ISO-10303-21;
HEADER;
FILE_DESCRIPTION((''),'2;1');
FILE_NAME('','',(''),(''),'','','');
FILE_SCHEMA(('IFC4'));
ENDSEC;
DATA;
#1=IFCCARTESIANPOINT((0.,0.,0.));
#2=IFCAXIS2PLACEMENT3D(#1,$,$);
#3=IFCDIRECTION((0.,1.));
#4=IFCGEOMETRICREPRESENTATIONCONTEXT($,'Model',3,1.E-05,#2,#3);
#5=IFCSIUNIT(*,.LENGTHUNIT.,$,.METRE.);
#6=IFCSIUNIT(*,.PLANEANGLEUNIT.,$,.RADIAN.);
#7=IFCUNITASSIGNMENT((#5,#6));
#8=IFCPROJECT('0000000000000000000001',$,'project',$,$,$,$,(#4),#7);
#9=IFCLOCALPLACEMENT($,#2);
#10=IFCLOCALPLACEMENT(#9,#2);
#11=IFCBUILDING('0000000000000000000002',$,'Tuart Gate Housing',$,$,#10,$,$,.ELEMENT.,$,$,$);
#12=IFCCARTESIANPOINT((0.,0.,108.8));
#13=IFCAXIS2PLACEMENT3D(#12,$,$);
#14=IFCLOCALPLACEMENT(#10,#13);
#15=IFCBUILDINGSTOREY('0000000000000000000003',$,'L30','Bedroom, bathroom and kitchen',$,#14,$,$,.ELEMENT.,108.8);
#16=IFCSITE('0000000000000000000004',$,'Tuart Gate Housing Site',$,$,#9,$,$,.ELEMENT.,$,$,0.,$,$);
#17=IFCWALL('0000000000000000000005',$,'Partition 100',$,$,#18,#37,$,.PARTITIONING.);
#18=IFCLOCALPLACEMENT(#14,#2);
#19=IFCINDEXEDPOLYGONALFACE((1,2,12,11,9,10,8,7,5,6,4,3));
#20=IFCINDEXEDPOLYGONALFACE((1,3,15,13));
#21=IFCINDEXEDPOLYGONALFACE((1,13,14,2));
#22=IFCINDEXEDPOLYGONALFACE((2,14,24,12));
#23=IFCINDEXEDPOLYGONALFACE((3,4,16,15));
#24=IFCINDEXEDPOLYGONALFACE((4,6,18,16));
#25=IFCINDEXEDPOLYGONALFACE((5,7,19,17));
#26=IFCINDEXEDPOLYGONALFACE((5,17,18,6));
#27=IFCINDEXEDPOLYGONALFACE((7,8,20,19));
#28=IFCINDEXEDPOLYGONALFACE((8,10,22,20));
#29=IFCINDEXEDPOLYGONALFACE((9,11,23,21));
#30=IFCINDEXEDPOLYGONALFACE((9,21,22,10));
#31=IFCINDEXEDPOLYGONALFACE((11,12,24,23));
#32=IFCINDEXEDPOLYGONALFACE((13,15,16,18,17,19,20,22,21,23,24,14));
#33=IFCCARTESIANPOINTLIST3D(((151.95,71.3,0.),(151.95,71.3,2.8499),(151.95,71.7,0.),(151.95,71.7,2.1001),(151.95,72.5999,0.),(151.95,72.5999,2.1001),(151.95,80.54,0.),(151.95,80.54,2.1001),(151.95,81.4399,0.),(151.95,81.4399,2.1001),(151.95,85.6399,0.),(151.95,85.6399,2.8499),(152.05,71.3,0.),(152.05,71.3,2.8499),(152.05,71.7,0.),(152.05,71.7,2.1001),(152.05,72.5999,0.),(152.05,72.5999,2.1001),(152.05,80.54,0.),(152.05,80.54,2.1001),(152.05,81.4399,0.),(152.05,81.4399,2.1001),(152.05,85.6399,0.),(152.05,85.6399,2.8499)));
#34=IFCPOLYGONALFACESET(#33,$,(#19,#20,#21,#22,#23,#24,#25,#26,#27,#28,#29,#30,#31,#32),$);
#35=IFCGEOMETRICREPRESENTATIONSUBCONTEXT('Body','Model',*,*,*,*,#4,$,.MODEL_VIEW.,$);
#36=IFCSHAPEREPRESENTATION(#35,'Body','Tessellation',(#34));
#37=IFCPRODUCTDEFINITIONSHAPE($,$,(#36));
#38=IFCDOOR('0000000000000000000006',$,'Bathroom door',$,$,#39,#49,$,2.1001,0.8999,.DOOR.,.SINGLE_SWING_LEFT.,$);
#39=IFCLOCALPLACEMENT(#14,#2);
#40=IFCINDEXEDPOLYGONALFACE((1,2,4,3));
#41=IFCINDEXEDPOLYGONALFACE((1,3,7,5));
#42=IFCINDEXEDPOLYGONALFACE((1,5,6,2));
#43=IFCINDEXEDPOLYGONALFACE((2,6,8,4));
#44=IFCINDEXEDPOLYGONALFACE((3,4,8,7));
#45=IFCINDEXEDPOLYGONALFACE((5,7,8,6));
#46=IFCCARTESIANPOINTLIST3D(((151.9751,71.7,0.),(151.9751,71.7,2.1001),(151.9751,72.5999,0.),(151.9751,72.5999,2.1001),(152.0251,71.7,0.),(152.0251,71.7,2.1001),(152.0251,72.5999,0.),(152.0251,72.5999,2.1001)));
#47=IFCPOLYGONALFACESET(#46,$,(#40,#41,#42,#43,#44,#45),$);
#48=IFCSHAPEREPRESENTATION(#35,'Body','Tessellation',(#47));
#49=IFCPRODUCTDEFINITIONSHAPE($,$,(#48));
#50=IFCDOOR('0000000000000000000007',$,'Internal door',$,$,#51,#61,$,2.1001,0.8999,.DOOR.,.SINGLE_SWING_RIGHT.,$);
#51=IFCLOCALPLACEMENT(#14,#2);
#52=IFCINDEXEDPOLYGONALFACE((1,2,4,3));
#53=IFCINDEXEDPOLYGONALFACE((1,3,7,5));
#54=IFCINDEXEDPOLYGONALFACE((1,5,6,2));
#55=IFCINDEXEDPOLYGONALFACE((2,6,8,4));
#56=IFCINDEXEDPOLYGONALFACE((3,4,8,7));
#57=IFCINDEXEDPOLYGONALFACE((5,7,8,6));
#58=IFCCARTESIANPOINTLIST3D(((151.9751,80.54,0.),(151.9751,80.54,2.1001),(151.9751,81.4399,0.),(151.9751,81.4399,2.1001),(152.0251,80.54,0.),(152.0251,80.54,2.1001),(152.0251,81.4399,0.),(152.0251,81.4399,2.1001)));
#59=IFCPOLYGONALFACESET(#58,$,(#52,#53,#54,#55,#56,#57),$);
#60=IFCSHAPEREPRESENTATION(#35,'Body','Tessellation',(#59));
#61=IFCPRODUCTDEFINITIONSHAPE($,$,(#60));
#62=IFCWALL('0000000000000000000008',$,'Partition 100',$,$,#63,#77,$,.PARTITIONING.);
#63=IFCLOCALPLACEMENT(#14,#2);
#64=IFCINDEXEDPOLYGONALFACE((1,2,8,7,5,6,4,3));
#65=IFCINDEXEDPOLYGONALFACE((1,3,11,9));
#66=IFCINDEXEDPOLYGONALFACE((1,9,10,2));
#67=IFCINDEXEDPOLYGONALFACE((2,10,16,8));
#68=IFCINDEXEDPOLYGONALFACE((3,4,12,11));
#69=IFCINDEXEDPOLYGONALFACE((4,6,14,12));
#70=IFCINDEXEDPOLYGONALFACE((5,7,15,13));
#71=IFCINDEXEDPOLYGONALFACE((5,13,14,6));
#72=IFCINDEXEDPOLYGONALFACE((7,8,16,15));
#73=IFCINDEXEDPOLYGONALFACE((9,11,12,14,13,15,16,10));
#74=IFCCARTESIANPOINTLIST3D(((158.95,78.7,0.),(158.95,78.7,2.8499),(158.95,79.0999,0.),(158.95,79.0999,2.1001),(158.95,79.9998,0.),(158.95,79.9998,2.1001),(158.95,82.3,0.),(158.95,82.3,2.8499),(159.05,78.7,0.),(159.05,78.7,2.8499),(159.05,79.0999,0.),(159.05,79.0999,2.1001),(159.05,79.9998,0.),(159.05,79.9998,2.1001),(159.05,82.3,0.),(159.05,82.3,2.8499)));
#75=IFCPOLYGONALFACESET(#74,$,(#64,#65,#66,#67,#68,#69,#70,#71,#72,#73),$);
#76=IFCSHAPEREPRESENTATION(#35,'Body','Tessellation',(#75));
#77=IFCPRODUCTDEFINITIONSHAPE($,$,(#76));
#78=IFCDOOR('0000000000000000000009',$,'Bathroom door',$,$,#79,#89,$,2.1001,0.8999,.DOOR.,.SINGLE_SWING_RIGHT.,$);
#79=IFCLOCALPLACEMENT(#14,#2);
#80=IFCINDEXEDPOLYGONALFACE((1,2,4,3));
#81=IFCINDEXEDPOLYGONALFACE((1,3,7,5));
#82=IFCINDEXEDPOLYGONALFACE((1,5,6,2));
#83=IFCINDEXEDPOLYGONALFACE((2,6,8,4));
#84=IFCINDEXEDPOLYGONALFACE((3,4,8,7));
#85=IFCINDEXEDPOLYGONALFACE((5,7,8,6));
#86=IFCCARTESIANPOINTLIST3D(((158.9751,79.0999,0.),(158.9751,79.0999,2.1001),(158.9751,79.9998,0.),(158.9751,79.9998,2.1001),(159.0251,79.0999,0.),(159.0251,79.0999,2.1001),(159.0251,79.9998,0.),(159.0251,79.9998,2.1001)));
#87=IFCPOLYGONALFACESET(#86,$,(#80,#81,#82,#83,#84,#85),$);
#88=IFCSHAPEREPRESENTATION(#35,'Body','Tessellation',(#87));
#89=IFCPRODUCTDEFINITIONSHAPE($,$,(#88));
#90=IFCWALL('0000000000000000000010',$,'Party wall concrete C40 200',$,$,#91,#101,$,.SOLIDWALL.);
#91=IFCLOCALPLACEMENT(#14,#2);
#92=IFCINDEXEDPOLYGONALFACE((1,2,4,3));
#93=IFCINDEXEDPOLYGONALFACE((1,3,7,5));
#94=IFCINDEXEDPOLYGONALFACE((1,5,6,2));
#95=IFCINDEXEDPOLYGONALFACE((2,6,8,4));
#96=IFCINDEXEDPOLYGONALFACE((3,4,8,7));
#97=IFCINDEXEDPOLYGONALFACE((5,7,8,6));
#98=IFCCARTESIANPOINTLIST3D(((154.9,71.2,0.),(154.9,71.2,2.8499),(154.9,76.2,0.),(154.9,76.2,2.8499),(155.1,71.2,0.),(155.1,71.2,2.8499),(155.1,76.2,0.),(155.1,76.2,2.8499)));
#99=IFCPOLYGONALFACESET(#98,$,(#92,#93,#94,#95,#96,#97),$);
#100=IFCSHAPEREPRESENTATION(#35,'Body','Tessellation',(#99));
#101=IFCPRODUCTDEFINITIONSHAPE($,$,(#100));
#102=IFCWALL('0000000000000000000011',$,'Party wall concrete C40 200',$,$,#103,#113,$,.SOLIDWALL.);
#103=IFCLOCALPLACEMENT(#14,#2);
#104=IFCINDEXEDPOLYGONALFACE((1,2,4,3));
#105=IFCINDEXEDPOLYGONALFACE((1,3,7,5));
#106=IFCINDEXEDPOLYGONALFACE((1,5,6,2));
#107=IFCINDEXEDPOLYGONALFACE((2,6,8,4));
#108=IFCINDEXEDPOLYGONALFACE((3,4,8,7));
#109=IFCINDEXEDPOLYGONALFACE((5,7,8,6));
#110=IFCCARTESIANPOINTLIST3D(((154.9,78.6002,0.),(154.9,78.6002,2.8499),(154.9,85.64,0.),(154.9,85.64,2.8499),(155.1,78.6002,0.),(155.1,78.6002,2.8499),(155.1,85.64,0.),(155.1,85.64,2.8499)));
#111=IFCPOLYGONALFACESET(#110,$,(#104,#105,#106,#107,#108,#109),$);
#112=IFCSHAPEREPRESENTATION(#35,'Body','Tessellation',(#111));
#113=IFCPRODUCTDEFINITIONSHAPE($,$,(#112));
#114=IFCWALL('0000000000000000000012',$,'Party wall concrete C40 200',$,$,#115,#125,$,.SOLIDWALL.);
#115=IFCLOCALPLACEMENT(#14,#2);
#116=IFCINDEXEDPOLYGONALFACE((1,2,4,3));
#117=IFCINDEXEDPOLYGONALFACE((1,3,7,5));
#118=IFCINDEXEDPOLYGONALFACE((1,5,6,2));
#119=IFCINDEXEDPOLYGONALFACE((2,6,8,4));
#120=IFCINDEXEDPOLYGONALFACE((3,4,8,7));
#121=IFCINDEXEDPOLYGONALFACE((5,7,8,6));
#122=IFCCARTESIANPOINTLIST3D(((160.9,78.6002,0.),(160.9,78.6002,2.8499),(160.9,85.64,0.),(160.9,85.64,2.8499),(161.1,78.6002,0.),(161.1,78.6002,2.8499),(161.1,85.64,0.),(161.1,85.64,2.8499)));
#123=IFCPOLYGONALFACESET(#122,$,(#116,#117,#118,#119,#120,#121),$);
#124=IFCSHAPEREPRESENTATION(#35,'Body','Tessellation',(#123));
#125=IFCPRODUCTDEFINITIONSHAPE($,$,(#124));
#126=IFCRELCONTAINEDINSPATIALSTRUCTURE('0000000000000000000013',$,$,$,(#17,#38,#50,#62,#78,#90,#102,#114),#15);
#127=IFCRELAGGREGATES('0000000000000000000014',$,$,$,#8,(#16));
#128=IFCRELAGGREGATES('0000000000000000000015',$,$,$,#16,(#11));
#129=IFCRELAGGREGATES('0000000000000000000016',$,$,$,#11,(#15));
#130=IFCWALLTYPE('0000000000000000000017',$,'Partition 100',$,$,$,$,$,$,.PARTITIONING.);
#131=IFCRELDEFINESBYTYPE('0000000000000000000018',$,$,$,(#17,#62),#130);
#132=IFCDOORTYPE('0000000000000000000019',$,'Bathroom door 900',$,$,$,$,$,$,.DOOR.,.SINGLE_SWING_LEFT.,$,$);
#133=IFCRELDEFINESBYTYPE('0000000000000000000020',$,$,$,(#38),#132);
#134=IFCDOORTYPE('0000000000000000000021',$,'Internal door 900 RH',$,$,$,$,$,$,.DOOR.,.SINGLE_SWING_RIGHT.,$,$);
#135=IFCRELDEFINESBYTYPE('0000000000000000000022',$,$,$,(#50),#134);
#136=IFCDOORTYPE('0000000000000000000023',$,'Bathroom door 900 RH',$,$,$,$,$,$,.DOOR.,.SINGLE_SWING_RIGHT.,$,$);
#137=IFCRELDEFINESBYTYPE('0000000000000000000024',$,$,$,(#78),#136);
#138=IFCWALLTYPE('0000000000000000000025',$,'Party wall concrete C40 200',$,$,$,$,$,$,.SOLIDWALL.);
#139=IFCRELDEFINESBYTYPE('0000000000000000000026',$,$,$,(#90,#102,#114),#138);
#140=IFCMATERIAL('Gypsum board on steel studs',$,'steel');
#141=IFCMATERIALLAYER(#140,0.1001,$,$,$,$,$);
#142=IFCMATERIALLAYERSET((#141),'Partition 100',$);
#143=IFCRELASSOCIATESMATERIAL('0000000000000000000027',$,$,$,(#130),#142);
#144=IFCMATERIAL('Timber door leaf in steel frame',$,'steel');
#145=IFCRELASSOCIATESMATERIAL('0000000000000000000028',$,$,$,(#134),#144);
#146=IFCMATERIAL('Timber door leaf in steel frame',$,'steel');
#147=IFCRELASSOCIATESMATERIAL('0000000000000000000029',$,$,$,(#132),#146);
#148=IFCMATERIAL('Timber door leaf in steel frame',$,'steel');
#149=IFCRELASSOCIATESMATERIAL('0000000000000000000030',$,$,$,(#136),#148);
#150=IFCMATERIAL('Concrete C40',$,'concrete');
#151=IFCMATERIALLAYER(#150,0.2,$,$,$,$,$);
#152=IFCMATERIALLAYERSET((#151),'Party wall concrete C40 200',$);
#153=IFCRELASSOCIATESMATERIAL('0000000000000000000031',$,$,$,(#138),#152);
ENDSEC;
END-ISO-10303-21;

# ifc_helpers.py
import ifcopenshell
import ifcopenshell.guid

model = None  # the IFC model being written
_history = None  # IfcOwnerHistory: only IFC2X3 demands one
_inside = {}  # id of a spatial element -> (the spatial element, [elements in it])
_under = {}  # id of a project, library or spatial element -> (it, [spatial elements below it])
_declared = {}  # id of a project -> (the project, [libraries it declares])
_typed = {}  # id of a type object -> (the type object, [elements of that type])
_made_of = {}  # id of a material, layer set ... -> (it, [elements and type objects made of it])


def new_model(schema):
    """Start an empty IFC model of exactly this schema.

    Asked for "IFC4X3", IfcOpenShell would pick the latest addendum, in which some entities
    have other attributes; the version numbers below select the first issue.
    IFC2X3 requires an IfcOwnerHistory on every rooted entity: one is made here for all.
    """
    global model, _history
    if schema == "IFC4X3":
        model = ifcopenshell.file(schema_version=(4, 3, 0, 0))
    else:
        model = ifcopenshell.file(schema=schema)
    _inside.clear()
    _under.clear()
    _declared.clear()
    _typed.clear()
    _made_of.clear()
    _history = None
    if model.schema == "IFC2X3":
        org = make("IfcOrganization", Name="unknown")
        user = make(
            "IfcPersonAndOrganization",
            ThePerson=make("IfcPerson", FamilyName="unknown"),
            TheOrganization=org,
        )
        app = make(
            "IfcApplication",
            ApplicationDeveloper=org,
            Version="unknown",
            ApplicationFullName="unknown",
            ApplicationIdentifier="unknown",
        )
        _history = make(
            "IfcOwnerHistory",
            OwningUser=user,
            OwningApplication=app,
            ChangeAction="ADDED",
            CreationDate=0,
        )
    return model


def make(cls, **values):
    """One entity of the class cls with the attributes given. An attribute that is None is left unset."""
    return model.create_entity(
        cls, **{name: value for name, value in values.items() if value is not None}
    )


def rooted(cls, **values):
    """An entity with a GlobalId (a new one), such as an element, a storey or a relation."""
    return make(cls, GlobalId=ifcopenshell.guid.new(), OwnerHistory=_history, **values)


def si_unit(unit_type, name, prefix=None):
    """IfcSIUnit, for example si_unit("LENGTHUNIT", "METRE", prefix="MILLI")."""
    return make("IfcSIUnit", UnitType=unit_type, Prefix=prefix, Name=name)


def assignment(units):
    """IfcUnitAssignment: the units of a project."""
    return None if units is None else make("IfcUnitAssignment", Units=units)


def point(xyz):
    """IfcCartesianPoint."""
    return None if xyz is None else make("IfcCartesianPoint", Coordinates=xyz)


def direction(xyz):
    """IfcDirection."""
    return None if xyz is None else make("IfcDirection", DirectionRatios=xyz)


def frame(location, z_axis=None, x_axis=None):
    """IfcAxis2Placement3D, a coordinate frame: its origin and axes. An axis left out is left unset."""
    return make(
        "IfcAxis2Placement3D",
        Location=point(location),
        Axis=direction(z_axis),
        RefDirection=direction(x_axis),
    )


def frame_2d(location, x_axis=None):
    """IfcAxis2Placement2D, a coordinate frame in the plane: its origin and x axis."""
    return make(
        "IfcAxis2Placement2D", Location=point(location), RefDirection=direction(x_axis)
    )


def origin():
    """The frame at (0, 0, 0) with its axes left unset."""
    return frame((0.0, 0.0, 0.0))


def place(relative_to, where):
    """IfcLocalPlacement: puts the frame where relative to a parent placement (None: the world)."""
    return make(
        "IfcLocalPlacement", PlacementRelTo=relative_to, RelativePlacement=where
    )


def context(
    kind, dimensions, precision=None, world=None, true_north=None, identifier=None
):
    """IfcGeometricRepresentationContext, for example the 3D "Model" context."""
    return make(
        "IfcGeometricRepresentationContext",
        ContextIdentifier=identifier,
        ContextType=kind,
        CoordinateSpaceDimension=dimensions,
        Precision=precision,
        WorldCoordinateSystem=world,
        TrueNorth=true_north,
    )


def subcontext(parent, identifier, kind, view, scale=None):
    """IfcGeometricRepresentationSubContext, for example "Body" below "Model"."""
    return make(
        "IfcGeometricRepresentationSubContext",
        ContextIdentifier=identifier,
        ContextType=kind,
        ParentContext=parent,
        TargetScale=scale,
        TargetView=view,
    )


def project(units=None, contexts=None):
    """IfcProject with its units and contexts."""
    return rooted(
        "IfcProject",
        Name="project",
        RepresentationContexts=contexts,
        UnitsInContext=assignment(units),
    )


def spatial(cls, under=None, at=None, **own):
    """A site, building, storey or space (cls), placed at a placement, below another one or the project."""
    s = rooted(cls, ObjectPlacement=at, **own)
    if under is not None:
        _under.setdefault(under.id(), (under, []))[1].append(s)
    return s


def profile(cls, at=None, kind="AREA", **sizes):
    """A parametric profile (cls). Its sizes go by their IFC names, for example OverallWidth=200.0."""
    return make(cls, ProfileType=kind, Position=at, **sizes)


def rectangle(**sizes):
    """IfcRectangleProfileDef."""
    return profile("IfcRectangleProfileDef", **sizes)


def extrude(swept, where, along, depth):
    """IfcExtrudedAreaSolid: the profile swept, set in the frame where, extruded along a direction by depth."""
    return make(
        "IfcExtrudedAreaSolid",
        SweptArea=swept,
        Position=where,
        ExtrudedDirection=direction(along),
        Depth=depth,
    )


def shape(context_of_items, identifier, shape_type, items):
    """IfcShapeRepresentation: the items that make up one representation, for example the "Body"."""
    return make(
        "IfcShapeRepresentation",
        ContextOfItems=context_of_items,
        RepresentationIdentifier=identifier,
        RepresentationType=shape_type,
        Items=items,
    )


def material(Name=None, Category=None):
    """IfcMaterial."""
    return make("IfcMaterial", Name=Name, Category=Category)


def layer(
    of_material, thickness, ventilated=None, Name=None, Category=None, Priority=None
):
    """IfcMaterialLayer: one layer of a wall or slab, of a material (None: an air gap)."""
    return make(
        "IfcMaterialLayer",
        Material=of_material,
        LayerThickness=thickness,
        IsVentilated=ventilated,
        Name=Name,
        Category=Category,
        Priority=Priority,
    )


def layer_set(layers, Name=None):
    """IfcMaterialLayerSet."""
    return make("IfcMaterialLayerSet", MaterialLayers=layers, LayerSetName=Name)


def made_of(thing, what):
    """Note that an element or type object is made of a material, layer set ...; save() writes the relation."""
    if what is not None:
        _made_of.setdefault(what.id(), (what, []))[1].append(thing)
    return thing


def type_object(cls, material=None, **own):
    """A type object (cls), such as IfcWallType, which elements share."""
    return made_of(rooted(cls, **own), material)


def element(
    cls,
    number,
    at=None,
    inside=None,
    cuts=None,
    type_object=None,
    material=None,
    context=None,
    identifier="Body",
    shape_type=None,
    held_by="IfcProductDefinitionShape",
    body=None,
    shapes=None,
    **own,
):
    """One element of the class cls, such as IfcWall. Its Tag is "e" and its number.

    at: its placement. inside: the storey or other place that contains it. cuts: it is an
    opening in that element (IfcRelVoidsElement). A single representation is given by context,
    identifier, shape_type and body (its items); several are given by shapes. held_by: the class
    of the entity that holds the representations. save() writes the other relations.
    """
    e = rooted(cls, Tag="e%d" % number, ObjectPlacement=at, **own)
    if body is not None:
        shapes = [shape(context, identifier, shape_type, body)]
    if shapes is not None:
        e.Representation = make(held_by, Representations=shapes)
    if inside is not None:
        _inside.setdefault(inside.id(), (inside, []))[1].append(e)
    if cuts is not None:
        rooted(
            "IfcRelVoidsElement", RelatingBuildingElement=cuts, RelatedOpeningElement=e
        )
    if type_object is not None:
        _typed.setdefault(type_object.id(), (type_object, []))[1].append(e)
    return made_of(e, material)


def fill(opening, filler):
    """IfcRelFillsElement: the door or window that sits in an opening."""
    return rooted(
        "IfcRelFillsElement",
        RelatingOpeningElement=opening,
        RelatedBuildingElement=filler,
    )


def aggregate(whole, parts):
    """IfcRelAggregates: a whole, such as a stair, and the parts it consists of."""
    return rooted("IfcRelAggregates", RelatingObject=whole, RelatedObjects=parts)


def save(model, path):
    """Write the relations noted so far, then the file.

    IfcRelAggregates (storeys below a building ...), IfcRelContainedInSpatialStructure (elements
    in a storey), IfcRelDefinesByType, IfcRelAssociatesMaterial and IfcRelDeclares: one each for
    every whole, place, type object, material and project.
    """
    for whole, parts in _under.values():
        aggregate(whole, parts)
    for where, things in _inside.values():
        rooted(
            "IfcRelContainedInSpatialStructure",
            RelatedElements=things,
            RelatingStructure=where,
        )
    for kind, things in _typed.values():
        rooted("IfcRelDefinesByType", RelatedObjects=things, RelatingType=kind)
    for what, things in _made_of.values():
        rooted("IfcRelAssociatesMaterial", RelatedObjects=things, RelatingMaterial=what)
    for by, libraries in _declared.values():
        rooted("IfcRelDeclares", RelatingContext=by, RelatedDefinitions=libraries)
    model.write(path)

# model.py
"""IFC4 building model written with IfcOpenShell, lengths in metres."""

from ifc_helpers import new_model, si_unit, direction, frame, frame_2d, origin, place, context, subcontext, project, spatial, rectangle, extrude, material, layer, layer_set, type_object, element, fill, save


model = new_model("IFC4")

# Units and contexts
model_context = context("Model", 3, precision=1e-05, world=origin(), true_north=direction((0.0, 1.0)))
body_context = subcontext(model_context, "Body", "Model", "MODEL_VIEW")
ifc_project = project(units=[si_unit("LENGTHUNIT", "METRE"), si_unit("PLANEANGLEUNIT", "RADIAN")], contexts=[model_context])

# Site, building, storey
site_placement = place(None, origin())
site = spatial("IfcSite", under=ifc_project, at=site_placement, Name="Tuart Gate Housing Site", CompositionType="ELEMENT", RefElevation=0.0)
building_placement = place(site_placement, origin())
building = spatial("IfcBuilding", under=site, at=building_placement, Name="Tuart Gate Housing", CompositionType="ELEMENT")
storey_placement = place(building_placement, frame((0.0, 0.0, 108.8)))
storey = spatial("IfcBuildingStorey", under=building, at=storey_placement, Name="L30", Description="Bedroom, bathroom and kitchen", CompositionType="ELEMENT", Elevation=108.8)

# Shared definitions
ifc_material_1 = material(Name="Gypsum board on steel studs", Category="steel")
ifc_layer_1 = layer(ifc_material_1, 0.1001)
ifc_layer_set_1 = layer_set([ifc_layer_1], Name="Partition 100")
wall_type_1 = type_object("IfcWallType", Name="Partition 100", PredefinedType="PARTITIONING", material=ifc_layer_set_1)
ifc_material_2 = material(Name="Timber door leaf in steel frame", Category="steel")
door_type_1 = type_object("IfcDoorType", Name="Internal door 900 RH", OperationType="SINGLE_SWING_RIGHT", PredefinedType="DOOR", material=ifc_material_2)

# Wall, openings, doors
wall_1_placement = place(storey_placement, frame((152.0, 71.3, 0.0), z_axis=(0.0, 0.0, 1.0), x_axis=(0.0, 1.0, 0.0)))
wall_1 = element("IfcWall", 1, at=wall_1_placement, inside=storey, type_object=wall_type_1, Name="Partition 100", PredefinedType="PARTITIONING", context=body_context, shape_type="SweptSolid", body=[
    extrude(rectangle(XDim=14.3398, YDim=0.1001, at=frame_2d((7.1699, 0.0))), origin(), (0.0, 0.0, 1.0), 2.8499),
])
opening_1_placement = place(wall_1_placement, frame((9.24, 0.0, 0.0)))
opening_1 = element("IfcOpeningElement", 2, at=opening_1_placement, cuts=wall_1, PredefinedType="OPENING", context=body_context, shape_type="SweptSolid", body=[
    extrude(rectangle(XDim=0.8999, YDim=2.1001, at=frame_2d((0.45, 1.05))), frame((0.0, 0.0601, 0.0), z_axis=(0.0, -1.0, 0.0), x_axis=(1.0, 0.0, 0.0)), (0.0, 0.0, 1.0), 0.1201),
])
opening_2_placement = place(wall_1_placement, frame((0.3999, 0.0, 0.0)))
opening_2 = element("IfcOpeningElement", 3, at=opening_2_placement, cuts=wall_1, PredefinedType="OPENING", context=body_context, shape_type="SweptSolid", body=[
    extrude(rectangle(XDim=0.8999, YDim=2.1001, at=frame_2d((0.45, 1.05))), frame((0.0, 0.0601, 0.0), z_axis=(0.0, -1.0, 0.0), x_axis=(1.0, 0.0, 0.0)), (0.0, 0.0, 1.0), 0.1201),
])
ifc_material_3 = material(Name="Timber door leaf in steel frame", Category="steel")
door_type_2 = type_object("IfcDoorType", Name="Bathroom door 900", OperationType="SINGLE_SWING_LEFT", PredefinedType="DOOR", material=ifc_material_3)
door_1_placement = place(opening_2_placement, origin())
door_1 = element("IfcDoor", 4, at=door_1_placement, inside=storey, type_object=door_type_2, Name="Bathroom door", OperationType="SINGLE_SWING_LEFT", OverallHeight=2.1001, OverallWidth=0.8999, PredefinedType="DOOR", context=body_context, shape_type="SweptSolid", body=[
    extrude(rectangle(XDim=0.8999, YDim=2.1001, at=frame_2d((0.45, 1.05))), frame((0.0, 0.0249, 0.0), z_axis=(0.0, -1.0, 0.0), x_axis=(1.0, 0.0, 0.0)), (0.0, 0.0, 1.0), 0.05),
])
fill(opening_2, door_1)
door_2_placement = place(opening_1_placement, origin())
door_2 = element("IfcDoor", 5, at=door_2_placement, inside=storey, type_object=door_type_1, Name="Internal door", OperationType="SINGLE_SWING_RIGHT", OverallHeight=2.1001, OverallWidth=0.8999, PredefinedType="DOOR", context=body_context, shape_type="SweptSolid", body=[
    extrude(rectangle(XDim=0.8999, YDim=2.1001, at=frame_2d((0.45, 1.05))), frame((0.0, 0.0249, 0.0), z_axis=(0.0, -1.0, 0.0), x_axis=(1.0, 0.0, 0.0)), (0.0, 0.0, 1.0), 0.05),
])
fill(opening_1, door_2)

# Wall, opening, door
wall_2_placement = place(storey_placement, frame((159.0, 78.7, 0.0), z_axis=(0.0, 0.0, 1.0), x_axis=(0.0, 1.0, 0.0)))
wall_2 = element("IfcWall", 6, at=wall_2_placement, inside=storey, type_object=wall_type_1, Name="Partition 100", PredefinedType="PARTITIONING", context=body_context, shape_type="SweptSolid", body=[
    extrude(rectangle(XDim=3.6001, YDim=0.1001, at=frame_2d((1.8, 0.0))), origin(), (0.0, 0.0, 1.0), 2.8499),
])
opening_3_placement = place(wall_2_placement, frame((0.3999, 0.0, 0.0)))
opening_3 = element("IfcOpeningElement", 7, at=opening_3_placement, cuts=wall_2, PredefinedType="OPENING", context=body_context, shape_type="SweptSolid", body=[
    extrude(rectangle(XDim=0.8999, YDim=2.1001, at=frame_2d((0.45, 1.05))), frame((0.0, 0.0601, 0.0), z_axis=(0.0, -1.0, 0.0), x_axis=(1.0, 0.0, 0.0)), (0.0, 0.0, 1.0), 0.1201),
])
ifc_material_4 = material(Name="Timber door leaf in steel frame", Category="steel")
door_type_3 = type_object("IfcDoorType", Name="Bathroom door 900 RH", OperationType="SINGLE_SWING_RIGHT", PredefinedType="DOOR", material=ifc_material_4)
door_3_placement = place(opening_3_placement, frame((0.8999, 0.0, 0.0), z_axis=(0.0, 0.0, 1.0), x_axis=(-1.0, 0.0, 0.0)))
door_3 = element("IfcDoor", 8, at=door_3_placement, inside=storey, type_object=door_type_3, Name="Bathroom door", OperationType="SINGLE_SWING_RIGHT", OverallHeight=2.1001, OverallWidth=0.8999, PredefinedType="DOOR", context=body_context, shape_type="SweptSolid", body=[
    extrude(rectangle(XDim=0.8999, YDim=2.1001, at=frame_2d((0.45, 1.05))), frame((0.0, 0.0251, 0.0), z_axis=(0.0, -1.0, 0.0), x_axis=(1.0, 0.0, 0.0)), (0.0, 0.0, 1.0), 0.05),
])
fill(opening_3, door_3)

# Walls
ifc_material_5 = material(Name="Concrete C40", Category="concrete")
ifc_layer_2 = layer(ifc_material_5, 0.2)
ifc_layer_set_2 = layer_set([ifc_layer_2], Name="Party wall concrete C40 200")
wall_type_2 = type_object("IfcWallType", Name="Party wall concrete C40 200", PredefinedType="SOLIDWALL", material=ifc_layer_set_2)
wall_3_placement = place(storey_placement, frame((155.0, 71.2, 0.0), z_axis=(0.0, 0.0, 1.0), x_axis=(0.0, 1.0, 0.0)))
element("IfcWall", 9, at=wall_3_placement, inside=storey, type_object=wall_type_2, Name="Party wall concrete C40 200", PredefinedType="SOLIDWALL", context=body_context, shape_type="SweptSolid", body=[
    extrude(rectangle(XDim=5.0, YDim=0.2, at=frame_2d((2.5, 0.0))), origin(), (0.0, 0.0, 1.0), 2.8499),
])
for number, where, z_axis, x_axis, name in (
    (10, (155.0, 78.6001, 0.0), (0.0, 0.0, 1.0), (0.0, 1.0, 0.0), "Party wall concrete C40 200"),
    (11, (161.0, 78.6001, 0.0), (0.0, 0.0, 1.0), (0.0, 1.0, 0.0), "Party wall concrete C40 200"),
):
    element("IfcWall", number, at=place(storey_placement, frame(where, z_axis=z_axis, x_axis=x_axis)), inside=storey, type_object=wall_type_2, Name=name, PredefinedType="SOLIDWALL", context=body_context, shape_type="SweptSolid", body=[
        extrude(rectangle(XDim=7.0398, YDim=0.2, at=frame_2d((3.52, 0.0))), origin(), (0.0, 0.0, 1.0), 2.8499),
    ])

save(model, "model.ifc")
